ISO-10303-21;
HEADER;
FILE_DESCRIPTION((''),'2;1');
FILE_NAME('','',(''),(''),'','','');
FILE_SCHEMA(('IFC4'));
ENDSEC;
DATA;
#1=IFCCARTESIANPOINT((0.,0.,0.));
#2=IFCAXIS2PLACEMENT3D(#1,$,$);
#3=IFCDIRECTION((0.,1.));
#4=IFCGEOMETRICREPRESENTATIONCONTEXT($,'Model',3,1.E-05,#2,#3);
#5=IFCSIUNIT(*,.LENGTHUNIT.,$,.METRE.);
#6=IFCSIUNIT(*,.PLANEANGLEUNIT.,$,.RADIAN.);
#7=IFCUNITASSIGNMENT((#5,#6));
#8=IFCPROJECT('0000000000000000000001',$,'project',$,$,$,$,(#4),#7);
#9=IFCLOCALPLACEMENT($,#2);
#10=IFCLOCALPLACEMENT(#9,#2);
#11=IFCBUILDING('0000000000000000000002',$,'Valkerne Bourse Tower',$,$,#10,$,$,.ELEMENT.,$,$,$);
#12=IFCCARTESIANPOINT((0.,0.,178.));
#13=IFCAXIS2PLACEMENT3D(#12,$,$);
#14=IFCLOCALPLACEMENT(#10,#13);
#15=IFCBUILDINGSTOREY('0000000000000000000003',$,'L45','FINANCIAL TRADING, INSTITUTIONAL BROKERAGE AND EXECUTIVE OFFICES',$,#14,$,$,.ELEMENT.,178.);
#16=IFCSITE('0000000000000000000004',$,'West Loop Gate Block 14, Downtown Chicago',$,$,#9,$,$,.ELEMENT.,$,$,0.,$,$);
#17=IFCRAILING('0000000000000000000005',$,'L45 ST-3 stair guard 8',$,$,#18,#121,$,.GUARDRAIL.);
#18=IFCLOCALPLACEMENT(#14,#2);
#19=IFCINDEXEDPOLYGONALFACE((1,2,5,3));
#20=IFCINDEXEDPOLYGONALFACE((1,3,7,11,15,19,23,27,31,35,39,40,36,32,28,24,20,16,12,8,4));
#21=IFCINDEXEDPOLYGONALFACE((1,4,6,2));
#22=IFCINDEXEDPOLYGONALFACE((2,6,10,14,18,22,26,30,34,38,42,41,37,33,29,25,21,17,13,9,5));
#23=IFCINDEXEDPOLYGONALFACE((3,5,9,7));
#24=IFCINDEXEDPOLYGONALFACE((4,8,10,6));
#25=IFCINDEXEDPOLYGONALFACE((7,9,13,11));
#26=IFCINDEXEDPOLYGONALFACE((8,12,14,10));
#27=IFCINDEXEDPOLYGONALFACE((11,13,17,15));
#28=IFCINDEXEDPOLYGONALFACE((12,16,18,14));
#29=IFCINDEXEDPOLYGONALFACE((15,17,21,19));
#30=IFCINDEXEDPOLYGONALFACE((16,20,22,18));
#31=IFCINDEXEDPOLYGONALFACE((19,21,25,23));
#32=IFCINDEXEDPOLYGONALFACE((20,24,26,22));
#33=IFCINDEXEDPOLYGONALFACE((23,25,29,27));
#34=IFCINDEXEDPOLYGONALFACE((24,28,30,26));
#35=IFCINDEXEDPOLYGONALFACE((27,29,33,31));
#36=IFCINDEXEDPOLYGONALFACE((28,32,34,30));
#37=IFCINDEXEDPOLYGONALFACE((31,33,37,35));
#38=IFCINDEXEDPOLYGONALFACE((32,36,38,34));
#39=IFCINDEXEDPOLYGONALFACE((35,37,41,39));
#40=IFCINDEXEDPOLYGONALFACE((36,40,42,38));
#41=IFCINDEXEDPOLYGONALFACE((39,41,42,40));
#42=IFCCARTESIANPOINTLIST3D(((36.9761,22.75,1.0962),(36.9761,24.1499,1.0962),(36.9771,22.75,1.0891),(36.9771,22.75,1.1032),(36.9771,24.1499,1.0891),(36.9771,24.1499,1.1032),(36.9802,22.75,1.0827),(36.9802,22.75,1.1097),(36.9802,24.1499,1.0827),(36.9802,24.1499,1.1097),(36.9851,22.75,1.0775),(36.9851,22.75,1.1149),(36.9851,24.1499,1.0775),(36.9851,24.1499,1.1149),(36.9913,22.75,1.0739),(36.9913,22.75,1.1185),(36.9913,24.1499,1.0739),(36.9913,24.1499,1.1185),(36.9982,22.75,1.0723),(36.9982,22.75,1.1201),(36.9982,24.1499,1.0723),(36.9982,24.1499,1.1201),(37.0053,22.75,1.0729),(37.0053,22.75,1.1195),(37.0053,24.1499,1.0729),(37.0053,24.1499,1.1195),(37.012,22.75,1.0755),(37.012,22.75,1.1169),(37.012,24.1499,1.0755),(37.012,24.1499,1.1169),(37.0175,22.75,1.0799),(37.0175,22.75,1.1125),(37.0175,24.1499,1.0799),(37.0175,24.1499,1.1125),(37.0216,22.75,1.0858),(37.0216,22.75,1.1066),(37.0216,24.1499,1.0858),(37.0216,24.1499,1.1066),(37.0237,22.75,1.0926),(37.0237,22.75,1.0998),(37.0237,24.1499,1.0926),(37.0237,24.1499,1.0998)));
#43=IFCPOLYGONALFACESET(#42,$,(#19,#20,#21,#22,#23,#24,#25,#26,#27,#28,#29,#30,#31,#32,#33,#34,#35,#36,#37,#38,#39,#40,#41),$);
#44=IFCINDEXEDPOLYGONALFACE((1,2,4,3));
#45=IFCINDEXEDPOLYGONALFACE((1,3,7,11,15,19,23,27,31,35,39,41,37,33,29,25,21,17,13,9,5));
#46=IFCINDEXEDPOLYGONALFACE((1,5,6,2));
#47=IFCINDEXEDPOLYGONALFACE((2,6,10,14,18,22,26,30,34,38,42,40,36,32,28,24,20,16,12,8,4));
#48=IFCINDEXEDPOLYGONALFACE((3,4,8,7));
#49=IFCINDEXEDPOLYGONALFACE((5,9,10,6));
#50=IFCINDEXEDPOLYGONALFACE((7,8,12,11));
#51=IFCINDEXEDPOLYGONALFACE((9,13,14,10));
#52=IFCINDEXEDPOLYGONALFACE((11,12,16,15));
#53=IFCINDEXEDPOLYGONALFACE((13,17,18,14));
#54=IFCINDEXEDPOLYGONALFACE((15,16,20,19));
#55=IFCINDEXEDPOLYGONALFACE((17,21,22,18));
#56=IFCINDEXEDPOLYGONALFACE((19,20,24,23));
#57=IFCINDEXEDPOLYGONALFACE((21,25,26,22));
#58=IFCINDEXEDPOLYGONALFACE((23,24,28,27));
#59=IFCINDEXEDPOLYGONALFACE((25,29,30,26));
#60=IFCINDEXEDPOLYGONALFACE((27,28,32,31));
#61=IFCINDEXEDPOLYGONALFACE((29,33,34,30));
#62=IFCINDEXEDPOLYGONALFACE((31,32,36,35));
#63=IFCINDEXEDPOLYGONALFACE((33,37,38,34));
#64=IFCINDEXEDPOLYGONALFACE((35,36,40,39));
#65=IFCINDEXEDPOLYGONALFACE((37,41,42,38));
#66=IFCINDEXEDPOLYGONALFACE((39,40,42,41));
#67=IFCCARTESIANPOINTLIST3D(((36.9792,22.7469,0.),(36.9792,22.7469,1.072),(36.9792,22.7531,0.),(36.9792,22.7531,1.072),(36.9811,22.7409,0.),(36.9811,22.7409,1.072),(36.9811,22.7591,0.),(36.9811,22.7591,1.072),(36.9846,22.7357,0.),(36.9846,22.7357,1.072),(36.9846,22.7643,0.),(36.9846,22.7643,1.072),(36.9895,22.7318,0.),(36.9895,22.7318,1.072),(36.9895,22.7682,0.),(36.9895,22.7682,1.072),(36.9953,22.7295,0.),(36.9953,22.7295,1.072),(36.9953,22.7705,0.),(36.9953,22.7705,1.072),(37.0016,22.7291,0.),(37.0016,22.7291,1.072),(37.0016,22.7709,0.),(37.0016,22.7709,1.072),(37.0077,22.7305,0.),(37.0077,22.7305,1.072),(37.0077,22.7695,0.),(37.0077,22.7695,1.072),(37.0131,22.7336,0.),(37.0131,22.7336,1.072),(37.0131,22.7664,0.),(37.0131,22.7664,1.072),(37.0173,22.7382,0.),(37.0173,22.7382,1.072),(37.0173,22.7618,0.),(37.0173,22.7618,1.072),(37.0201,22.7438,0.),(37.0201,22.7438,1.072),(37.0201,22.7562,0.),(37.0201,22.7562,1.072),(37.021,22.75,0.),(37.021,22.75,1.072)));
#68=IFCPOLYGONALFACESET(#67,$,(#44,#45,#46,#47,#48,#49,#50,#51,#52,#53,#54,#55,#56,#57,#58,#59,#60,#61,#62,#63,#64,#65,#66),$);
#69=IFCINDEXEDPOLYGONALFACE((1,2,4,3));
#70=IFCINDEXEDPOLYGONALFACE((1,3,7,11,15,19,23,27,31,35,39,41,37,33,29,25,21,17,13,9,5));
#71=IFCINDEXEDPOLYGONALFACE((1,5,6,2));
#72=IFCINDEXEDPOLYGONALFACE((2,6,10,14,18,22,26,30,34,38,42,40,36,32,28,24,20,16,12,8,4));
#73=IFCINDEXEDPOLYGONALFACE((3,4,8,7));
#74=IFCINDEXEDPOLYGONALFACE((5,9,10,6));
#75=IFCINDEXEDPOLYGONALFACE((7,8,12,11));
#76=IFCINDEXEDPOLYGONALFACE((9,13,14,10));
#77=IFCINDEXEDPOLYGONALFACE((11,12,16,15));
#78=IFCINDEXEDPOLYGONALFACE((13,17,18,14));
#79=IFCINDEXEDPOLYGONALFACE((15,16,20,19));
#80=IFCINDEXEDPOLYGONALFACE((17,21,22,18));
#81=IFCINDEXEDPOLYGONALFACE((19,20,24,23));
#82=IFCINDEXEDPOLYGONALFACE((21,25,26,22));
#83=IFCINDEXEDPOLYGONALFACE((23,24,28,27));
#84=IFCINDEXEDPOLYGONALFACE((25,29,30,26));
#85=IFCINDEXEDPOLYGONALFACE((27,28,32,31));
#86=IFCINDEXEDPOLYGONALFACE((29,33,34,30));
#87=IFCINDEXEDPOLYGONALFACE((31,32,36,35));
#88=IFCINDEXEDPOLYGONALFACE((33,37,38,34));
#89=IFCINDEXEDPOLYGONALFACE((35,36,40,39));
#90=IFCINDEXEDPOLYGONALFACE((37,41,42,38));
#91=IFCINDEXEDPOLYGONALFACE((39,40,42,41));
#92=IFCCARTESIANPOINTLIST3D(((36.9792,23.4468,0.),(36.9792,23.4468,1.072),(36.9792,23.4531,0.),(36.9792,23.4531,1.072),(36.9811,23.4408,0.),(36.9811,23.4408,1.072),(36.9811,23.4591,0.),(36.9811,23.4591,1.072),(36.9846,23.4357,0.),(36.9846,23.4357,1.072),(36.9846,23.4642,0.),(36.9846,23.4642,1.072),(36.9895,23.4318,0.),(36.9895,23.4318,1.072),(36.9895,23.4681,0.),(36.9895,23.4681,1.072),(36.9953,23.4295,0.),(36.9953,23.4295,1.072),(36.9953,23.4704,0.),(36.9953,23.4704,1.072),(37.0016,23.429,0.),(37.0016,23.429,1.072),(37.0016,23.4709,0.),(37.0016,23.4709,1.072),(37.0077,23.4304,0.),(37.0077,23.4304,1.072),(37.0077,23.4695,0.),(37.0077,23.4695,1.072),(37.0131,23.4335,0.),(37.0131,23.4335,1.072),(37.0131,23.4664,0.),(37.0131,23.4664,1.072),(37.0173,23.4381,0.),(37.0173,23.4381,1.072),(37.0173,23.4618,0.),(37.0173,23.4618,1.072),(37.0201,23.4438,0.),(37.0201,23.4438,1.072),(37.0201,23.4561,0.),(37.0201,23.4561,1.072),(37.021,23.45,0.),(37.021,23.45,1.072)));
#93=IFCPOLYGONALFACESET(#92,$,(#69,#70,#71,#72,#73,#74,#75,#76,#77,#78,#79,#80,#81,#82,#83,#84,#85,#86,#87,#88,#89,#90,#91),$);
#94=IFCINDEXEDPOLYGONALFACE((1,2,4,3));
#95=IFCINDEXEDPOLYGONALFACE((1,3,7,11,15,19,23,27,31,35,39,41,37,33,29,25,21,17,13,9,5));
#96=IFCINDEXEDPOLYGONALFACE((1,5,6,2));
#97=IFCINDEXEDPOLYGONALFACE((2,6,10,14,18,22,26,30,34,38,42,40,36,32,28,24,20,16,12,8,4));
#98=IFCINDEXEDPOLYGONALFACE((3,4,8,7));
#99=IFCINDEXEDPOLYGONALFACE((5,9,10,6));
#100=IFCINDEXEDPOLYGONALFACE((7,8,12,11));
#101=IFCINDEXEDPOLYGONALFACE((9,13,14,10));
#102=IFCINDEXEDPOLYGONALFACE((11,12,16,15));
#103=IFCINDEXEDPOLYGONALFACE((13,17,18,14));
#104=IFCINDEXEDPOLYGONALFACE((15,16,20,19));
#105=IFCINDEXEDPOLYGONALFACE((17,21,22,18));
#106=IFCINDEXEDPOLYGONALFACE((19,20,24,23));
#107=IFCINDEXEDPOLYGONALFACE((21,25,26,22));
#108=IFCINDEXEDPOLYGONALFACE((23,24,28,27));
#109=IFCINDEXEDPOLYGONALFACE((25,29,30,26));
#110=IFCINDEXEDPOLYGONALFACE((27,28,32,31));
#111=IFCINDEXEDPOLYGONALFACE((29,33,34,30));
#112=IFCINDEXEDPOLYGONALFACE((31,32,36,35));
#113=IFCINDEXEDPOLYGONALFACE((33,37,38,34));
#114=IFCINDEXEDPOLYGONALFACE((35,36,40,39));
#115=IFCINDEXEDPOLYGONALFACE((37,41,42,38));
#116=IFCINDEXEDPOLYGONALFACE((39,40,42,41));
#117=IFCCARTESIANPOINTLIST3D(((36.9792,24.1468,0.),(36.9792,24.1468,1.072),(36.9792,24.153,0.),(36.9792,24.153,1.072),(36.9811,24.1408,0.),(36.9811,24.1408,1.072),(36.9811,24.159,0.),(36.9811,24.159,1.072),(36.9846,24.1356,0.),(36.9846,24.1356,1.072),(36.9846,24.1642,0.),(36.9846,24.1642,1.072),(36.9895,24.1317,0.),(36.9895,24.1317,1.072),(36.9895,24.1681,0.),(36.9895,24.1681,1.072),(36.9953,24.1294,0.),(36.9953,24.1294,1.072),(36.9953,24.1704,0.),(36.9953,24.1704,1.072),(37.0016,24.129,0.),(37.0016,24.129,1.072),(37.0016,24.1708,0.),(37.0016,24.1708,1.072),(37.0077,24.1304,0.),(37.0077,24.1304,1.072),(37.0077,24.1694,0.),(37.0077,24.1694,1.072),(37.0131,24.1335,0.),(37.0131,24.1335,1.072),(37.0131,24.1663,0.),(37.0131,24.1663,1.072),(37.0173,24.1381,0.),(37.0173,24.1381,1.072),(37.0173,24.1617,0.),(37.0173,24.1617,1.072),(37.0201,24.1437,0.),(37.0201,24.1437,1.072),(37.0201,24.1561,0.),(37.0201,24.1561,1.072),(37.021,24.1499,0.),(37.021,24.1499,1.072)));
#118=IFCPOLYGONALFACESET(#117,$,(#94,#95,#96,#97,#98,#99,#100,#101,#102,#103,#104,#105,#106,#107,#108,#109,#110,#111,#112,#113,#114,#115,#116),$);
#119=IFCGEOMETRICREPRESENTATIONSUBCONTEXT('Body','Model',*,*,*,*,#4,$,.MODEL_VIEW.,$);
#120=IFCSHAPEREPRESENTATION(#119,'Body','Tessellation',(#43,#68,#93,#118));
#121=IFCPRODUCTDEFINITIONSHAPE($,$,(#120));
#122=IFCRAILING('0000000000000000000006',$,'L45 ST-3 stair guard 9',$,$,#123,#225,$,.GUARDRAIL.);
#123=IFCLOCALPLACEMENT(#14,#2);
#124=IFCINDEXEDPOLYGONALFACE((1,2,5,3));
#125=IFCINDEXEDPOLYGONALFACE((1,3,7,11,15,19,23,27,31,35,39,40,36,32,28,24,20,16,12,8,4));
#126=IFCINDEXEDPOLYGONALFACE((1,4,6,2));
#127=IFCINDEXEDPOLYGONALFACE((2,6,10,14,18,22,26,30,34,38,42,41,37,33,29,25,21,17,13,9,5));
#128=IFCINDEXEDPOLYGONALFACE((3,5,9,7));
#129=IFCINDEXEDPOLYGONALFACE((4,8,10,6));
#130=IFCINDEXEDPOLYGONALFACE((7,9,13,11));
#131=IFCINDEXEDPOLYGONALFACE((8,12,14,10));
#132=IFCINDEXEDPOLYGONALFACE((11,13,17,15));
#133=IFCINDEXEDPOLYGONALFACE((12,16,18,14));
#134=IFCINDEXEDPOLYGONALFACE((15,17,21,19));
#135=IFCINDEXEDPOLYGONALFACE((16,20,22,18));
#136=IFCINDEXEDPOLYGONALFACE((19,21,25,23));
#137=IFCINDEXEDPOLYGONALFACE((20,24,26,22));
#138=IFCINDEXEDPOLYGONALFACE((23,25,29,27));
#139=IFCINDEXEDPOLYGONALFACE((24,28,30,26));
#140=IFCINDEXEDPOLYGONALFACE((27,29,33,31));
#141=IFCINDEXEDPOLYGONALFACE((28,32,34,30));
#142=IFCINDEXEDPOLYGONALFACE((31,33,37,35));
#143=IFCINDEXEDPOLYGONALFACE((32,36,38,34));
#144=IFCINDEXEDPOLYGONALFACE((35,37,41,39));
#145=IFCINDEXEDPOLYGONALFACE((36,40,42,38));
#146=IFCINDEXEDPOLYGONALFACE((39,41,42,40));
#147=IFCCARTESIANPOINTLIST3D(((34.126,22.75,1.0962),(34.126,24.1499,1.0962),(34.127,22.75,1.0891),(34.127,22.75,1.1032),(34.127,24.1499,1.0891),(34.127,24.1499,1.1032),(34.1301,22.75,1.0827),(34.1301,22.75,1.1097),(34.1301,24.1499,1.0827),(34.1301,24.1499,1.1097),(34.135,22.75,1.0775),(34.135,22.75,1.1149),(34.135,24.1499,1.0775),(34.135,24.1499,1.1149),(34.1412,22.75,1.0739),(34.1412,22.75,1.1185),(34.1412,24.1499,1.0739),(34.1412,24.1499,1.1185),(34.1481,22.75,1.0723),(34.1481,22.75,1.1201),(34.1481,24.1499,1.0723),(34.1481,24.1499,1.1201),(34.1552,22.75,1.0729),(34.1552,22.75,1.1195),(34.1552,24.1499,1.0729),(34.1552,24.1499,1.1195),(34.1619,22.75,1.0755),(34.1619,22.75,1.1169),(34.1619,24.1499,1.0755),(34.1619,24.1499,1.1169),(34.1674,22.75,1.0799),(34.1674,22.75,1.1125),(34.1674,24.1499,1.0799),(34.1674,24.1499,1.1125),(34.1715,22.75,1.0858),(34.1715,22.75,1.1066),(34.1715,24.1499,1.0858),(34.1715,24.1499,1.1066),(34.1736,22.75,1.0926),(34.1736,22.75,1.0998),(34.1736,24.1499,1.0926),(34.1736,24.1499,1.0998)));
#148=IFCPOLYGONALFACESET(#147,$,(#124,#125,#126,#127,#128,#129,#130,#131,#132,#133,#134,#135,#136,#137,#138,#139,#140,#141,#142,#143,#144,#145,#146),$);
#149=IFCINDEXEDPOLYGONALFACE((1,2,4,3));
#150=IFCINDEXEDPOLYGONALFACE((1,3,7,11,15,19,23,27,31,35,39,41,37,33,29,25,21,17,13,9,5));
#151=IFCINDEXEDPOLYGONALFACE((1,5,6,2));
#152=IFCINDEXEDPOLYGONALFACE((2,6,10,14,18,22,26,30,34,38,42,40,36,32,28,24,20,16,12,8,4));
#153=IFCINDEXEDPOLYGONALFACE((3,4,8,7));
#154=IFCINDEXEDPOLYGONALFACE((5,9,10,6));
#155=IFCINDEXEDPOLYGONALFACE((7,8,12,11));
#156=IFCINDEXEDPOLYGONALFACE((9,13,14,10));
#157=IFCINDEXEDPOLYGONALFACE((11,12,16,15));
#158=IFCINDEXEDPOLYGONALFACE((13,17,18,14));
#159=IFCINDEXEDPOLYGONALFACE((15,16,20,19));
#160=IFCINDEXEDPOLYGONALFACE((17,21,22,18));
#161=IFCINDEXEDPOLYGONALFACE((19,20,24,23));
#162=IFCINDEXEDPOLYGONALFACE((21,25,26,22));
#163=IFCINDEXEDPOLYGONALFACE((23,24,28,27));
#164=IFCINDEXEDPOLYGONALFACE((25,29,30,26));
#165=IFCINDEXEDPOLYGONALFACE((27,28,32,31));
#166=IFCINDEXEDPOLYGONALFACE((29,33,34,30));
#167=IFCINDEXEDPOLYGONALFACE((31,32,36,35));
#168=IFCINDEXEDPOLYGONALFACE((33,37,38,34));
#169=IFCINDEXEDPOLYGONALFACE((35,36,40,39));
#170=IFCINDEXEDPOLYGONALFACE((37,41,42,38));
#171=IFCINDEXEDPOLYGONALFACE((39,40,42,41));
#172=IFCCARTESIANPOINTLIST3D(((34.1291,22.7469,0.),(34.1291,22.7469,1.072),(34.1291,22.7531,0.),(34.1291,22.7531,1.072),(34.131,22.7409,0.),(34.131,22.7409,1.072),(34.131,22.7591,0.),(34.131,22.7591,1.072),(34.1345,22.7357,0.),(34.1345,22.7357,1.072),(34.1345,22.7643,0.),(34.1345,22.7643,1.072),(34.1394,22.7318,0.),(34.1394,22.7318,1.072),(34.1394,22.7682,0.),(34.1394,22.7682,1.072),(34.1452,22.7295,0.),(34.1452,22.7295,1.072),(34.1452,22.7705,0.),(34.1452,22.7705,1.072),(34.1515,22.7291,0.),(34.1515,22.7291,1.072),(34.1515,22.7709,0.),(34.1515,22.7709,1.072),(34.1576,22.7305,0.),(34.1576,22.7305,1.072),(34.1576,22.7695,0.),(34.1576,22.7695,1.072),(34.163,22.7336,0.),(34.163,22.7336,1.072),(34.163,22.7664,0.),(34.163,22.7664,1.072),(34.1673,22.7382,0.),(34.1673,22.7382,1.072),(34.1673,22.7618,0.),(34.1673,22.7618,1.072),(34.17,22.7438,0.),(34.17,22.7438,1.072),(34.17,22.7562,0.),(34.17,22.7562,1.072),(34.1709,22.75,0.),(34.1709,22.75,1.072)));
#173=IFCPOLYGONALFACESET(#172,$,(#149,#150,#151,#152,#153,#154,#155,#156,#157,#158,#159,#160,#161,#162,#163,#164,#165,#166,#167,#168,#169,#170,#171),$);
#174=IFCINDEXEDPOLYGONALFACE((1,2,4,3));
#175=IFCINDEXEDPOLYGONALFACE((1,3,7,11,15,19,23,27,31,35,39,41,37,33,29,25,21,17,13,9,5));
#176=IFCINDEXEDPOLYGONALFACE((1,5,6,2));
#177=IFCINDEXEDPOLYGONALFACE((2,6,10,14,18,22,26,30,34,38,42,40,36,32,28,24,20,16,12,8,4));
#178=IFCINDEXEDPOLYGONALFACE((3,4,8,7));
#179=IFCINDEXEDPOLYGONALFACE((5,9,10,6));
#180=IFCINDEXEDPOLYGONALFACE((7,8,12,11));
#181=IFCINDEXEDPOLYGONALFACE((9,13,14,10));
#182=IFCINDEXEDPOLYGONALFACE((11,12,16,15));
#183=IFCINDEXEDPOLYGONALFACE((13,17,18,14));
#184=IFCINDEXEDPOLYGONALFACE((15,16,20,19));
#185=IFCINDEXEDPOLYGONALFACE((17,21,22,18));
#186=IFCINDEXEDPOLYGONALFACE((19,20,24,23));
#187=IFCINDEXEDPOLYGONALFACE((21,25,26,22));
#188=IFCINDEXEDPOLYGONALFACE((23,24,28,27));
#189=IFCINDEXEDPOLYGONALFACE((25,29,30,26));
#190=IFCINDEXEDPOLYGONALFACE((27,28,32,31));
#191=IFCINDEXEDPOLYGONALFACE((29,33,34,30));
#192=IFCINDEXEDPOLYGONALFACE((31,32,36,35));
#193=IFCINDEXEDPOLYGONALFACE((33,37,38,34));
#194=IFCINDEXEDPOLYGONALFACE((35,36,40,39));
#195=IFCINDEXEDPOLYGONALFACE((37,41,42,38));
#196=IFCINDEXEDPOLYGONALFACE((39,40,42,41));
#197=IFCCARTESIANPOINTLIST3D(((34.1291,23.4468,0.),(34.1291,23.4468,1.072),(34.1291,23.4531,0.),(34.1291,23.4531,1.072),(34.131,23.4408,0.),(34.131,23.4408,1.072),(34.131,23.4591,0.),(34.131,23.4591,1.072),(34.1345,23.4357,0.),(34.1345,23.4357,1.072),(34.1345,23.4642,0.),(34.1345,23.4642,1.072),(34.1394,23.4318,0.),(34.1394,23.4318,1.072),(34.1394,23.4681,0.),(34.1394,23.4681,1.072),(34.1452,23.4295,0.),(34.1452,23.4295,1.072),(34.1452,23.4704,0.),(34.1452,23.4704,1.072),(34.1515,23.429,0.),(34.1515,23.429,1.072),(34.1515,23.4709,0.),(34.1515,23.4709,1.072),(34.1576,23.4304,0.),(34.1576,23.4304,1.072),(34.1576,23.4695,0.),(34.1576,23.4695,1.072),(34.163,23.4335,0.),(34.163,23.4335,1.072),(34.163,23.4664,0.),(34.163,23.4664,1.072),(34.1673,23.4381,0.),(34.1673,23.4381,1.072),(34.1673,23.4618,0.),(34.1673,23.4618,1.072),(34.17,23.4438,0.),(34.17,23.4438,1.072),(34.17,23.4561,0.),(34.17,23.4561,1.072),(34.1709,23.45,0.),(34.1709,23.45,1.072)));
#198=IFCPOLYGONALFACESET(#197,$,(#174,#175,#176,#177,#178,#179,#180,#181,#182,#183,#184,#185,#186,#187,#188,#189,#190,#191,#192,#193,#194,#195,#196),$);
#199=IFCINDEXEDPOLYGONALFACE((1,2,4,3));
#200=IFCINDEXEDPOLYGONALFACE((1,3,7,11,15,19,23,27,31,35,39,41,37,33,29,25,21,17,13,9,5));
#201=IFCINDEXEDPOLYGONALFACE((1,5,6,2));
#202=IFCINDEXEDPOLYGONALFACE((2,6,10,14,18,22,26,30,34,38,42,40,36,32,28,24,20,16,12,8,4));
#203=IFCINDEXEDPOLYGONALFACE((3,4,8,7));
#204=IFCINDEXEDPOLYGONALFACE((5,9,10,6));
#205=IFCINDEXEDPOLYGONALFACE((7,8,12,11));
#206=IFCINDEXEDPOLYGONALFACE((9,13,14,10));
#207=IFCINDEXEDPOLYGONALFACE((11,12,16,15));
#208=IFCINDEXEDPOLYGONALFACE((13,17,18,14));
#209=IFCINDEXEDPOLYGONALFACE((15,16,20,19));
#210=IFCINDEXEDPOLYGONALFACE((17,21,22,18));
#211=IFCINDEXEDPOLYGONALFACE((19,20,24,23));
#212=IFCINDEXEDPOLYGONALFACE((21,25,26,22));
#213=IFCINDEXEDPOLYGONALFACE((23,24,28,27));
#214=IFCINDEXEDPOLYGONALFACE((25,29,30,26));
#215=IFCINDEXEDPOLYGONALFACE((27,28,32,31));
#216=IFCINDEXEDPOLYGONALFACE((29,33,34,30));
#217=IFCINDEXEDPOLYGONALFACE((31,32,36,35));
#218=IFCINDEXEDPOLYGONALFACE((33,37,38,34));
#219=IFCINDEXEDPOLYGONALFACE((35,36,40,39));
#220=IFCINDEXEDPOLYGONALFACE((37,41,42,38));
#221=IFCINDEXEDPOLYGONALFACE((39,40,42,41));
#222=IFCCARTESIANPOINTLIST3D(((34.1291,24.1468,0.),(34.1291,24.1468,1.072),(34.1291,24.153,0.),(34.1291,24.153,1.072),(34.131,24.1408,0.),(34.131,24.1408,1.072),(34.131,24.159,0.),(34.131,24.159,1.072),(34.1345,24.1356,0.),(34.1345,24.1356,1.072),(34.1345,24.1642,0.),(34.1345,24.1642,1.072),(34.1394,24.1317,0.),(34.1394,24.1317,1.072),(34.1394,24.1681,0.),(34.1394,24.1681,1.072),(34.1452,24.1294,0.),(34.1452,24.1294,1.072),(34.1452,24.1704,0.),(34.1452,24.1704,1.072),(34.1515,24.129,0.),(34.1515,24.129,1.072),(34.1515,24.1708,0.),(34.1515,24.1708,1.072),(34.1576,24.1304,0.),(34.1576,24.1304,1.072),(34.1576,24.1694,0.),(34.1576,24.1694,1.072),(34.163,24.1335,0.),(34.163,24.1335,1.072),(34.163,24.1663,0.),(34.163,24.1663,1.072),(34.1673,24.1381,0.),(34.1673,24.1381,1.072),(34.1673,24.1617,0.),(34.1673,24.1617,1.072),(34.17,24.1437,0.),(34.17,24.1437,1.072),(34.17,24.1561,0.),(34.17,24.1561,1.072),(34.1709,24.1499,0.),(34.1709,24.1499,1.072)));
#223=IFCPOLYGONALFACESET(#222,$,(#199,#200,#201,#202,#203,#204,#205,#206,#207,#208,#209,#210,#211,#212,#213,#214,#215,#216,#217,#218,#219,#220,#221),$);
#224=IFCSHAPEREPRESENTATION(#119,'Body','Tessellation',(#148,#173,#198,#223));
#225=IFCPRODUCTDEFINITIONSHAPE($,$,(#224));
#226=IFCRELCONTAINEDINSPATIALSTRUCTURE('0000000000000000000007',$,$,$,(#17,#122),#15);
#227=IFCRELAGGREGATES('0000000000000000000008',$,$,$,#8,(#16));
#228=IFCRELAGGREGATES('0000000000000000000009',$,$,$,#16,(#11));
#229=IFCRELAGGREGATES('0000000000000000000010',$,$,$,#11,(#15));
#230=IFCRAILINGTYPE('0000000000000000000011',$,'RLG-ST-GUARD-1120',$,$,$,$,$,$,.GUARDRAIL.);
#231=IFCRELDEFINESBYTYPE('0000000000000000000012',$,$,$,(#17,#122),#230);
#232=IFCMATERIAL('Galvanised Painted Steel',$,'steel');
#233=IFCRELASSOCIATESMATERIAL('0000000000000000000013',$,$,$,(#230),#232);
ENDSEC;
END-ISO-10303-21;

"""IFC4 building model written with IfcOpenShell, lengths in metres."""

from ifc_helpers import new_model, si_unit, direction, frame, origin, origin_2d, place, context, subcontext, project, spatial, circle, extrude, material, type_object, element, save


model = new_model("IFC4")

# Units and contexts
model_context = context("Model", 3, precision=1e-05, world=origin(), true_north=direction((0.0, 1.0)))
body_context = subcontext(model_context, "Body", "Model", "MODEL_VIEW")
ifc_project = project(units=[si_unit("LENGTHUNIT", "METRE"), si_unit("PLANEANGLEUNIT", "RADIAN")], contexts=[model_context])

# Site, building, storey
site_placement = place(None, origin())
site = spatial("IfcSite", under=ifc_project, at=site_placement, Name="West Loop Gate Block 14, Downtown Chicago", CompositionType="ELEMENT", RefElevation=0.0)
building_placement = place(site_placement, origin())
building = spatial("IfcBuilding", under=site, at=building_placement, Name="Valkerne Bourse Tower", CompositionType="ELEMENT")
storey_placement = place(building_placement, frame((0.0, 0.0, 178.0)))
storey = spatial("IfcBuildingStorey", under=building, at=storey_placement, Name="L45", Description="FINANCIAL TRADING, INSTITUTIONAL BROKERAGE AND EXECUTIVE OFFICES", CompositionType="ELEMENT", Elevation=178.0)

# Shared definitions
ifc_material_1 = material(Name="Galvanised Painted Steel", Category="steel")

# Railings
railing_type = type_object("IfcRailingType", Name="RLG-ST-GUARD-1120", PredefinedType="GUARDRAIL", material=ifc_material_1)
for number, where, name in (
    (1, (37.0, 22.75, 0.0), "L45 ST-3 stair guard 8"),
    (2, (34.1499, 22.75, 0.0), "L45 ST-3 stair guard 9"),
):
    element("IfcRailing", number, at=place(storey_placement, frame(where)), inside=storey, type_object=railing_type, Name=name, PredefinedType="GUARDRAIL", context=body_context, shape_type="SweptSolid", body=[
        extrude(circle(Radius=0.0239, at=origin_2d()), frame((0.0, 0.0, 1.0962), z_axis=(0.0, 1.0, 0.0), x_axis=(-1.0, 0.0, 0.0)), (0.0, 0.0, 1.0), 1.3999),
        extrude(circle(Radius=0.021, at=origin_2d()), origin(), (0.0, 0.0, 1.0), 1.072),
        extrude(circle(Radius=0.021, at=origin_2d()), frame((0.0, 0.7, 0.0)), (0.0, 0.0, 1.0), 1.072),
        extrude(circle(Radius=0.021, at=origin_2d()), frame((0.0, 1.3999, 0.0)), (0.0, 0.0, 1.0), 1.072),
    ])

save(model, "model.ifc")
